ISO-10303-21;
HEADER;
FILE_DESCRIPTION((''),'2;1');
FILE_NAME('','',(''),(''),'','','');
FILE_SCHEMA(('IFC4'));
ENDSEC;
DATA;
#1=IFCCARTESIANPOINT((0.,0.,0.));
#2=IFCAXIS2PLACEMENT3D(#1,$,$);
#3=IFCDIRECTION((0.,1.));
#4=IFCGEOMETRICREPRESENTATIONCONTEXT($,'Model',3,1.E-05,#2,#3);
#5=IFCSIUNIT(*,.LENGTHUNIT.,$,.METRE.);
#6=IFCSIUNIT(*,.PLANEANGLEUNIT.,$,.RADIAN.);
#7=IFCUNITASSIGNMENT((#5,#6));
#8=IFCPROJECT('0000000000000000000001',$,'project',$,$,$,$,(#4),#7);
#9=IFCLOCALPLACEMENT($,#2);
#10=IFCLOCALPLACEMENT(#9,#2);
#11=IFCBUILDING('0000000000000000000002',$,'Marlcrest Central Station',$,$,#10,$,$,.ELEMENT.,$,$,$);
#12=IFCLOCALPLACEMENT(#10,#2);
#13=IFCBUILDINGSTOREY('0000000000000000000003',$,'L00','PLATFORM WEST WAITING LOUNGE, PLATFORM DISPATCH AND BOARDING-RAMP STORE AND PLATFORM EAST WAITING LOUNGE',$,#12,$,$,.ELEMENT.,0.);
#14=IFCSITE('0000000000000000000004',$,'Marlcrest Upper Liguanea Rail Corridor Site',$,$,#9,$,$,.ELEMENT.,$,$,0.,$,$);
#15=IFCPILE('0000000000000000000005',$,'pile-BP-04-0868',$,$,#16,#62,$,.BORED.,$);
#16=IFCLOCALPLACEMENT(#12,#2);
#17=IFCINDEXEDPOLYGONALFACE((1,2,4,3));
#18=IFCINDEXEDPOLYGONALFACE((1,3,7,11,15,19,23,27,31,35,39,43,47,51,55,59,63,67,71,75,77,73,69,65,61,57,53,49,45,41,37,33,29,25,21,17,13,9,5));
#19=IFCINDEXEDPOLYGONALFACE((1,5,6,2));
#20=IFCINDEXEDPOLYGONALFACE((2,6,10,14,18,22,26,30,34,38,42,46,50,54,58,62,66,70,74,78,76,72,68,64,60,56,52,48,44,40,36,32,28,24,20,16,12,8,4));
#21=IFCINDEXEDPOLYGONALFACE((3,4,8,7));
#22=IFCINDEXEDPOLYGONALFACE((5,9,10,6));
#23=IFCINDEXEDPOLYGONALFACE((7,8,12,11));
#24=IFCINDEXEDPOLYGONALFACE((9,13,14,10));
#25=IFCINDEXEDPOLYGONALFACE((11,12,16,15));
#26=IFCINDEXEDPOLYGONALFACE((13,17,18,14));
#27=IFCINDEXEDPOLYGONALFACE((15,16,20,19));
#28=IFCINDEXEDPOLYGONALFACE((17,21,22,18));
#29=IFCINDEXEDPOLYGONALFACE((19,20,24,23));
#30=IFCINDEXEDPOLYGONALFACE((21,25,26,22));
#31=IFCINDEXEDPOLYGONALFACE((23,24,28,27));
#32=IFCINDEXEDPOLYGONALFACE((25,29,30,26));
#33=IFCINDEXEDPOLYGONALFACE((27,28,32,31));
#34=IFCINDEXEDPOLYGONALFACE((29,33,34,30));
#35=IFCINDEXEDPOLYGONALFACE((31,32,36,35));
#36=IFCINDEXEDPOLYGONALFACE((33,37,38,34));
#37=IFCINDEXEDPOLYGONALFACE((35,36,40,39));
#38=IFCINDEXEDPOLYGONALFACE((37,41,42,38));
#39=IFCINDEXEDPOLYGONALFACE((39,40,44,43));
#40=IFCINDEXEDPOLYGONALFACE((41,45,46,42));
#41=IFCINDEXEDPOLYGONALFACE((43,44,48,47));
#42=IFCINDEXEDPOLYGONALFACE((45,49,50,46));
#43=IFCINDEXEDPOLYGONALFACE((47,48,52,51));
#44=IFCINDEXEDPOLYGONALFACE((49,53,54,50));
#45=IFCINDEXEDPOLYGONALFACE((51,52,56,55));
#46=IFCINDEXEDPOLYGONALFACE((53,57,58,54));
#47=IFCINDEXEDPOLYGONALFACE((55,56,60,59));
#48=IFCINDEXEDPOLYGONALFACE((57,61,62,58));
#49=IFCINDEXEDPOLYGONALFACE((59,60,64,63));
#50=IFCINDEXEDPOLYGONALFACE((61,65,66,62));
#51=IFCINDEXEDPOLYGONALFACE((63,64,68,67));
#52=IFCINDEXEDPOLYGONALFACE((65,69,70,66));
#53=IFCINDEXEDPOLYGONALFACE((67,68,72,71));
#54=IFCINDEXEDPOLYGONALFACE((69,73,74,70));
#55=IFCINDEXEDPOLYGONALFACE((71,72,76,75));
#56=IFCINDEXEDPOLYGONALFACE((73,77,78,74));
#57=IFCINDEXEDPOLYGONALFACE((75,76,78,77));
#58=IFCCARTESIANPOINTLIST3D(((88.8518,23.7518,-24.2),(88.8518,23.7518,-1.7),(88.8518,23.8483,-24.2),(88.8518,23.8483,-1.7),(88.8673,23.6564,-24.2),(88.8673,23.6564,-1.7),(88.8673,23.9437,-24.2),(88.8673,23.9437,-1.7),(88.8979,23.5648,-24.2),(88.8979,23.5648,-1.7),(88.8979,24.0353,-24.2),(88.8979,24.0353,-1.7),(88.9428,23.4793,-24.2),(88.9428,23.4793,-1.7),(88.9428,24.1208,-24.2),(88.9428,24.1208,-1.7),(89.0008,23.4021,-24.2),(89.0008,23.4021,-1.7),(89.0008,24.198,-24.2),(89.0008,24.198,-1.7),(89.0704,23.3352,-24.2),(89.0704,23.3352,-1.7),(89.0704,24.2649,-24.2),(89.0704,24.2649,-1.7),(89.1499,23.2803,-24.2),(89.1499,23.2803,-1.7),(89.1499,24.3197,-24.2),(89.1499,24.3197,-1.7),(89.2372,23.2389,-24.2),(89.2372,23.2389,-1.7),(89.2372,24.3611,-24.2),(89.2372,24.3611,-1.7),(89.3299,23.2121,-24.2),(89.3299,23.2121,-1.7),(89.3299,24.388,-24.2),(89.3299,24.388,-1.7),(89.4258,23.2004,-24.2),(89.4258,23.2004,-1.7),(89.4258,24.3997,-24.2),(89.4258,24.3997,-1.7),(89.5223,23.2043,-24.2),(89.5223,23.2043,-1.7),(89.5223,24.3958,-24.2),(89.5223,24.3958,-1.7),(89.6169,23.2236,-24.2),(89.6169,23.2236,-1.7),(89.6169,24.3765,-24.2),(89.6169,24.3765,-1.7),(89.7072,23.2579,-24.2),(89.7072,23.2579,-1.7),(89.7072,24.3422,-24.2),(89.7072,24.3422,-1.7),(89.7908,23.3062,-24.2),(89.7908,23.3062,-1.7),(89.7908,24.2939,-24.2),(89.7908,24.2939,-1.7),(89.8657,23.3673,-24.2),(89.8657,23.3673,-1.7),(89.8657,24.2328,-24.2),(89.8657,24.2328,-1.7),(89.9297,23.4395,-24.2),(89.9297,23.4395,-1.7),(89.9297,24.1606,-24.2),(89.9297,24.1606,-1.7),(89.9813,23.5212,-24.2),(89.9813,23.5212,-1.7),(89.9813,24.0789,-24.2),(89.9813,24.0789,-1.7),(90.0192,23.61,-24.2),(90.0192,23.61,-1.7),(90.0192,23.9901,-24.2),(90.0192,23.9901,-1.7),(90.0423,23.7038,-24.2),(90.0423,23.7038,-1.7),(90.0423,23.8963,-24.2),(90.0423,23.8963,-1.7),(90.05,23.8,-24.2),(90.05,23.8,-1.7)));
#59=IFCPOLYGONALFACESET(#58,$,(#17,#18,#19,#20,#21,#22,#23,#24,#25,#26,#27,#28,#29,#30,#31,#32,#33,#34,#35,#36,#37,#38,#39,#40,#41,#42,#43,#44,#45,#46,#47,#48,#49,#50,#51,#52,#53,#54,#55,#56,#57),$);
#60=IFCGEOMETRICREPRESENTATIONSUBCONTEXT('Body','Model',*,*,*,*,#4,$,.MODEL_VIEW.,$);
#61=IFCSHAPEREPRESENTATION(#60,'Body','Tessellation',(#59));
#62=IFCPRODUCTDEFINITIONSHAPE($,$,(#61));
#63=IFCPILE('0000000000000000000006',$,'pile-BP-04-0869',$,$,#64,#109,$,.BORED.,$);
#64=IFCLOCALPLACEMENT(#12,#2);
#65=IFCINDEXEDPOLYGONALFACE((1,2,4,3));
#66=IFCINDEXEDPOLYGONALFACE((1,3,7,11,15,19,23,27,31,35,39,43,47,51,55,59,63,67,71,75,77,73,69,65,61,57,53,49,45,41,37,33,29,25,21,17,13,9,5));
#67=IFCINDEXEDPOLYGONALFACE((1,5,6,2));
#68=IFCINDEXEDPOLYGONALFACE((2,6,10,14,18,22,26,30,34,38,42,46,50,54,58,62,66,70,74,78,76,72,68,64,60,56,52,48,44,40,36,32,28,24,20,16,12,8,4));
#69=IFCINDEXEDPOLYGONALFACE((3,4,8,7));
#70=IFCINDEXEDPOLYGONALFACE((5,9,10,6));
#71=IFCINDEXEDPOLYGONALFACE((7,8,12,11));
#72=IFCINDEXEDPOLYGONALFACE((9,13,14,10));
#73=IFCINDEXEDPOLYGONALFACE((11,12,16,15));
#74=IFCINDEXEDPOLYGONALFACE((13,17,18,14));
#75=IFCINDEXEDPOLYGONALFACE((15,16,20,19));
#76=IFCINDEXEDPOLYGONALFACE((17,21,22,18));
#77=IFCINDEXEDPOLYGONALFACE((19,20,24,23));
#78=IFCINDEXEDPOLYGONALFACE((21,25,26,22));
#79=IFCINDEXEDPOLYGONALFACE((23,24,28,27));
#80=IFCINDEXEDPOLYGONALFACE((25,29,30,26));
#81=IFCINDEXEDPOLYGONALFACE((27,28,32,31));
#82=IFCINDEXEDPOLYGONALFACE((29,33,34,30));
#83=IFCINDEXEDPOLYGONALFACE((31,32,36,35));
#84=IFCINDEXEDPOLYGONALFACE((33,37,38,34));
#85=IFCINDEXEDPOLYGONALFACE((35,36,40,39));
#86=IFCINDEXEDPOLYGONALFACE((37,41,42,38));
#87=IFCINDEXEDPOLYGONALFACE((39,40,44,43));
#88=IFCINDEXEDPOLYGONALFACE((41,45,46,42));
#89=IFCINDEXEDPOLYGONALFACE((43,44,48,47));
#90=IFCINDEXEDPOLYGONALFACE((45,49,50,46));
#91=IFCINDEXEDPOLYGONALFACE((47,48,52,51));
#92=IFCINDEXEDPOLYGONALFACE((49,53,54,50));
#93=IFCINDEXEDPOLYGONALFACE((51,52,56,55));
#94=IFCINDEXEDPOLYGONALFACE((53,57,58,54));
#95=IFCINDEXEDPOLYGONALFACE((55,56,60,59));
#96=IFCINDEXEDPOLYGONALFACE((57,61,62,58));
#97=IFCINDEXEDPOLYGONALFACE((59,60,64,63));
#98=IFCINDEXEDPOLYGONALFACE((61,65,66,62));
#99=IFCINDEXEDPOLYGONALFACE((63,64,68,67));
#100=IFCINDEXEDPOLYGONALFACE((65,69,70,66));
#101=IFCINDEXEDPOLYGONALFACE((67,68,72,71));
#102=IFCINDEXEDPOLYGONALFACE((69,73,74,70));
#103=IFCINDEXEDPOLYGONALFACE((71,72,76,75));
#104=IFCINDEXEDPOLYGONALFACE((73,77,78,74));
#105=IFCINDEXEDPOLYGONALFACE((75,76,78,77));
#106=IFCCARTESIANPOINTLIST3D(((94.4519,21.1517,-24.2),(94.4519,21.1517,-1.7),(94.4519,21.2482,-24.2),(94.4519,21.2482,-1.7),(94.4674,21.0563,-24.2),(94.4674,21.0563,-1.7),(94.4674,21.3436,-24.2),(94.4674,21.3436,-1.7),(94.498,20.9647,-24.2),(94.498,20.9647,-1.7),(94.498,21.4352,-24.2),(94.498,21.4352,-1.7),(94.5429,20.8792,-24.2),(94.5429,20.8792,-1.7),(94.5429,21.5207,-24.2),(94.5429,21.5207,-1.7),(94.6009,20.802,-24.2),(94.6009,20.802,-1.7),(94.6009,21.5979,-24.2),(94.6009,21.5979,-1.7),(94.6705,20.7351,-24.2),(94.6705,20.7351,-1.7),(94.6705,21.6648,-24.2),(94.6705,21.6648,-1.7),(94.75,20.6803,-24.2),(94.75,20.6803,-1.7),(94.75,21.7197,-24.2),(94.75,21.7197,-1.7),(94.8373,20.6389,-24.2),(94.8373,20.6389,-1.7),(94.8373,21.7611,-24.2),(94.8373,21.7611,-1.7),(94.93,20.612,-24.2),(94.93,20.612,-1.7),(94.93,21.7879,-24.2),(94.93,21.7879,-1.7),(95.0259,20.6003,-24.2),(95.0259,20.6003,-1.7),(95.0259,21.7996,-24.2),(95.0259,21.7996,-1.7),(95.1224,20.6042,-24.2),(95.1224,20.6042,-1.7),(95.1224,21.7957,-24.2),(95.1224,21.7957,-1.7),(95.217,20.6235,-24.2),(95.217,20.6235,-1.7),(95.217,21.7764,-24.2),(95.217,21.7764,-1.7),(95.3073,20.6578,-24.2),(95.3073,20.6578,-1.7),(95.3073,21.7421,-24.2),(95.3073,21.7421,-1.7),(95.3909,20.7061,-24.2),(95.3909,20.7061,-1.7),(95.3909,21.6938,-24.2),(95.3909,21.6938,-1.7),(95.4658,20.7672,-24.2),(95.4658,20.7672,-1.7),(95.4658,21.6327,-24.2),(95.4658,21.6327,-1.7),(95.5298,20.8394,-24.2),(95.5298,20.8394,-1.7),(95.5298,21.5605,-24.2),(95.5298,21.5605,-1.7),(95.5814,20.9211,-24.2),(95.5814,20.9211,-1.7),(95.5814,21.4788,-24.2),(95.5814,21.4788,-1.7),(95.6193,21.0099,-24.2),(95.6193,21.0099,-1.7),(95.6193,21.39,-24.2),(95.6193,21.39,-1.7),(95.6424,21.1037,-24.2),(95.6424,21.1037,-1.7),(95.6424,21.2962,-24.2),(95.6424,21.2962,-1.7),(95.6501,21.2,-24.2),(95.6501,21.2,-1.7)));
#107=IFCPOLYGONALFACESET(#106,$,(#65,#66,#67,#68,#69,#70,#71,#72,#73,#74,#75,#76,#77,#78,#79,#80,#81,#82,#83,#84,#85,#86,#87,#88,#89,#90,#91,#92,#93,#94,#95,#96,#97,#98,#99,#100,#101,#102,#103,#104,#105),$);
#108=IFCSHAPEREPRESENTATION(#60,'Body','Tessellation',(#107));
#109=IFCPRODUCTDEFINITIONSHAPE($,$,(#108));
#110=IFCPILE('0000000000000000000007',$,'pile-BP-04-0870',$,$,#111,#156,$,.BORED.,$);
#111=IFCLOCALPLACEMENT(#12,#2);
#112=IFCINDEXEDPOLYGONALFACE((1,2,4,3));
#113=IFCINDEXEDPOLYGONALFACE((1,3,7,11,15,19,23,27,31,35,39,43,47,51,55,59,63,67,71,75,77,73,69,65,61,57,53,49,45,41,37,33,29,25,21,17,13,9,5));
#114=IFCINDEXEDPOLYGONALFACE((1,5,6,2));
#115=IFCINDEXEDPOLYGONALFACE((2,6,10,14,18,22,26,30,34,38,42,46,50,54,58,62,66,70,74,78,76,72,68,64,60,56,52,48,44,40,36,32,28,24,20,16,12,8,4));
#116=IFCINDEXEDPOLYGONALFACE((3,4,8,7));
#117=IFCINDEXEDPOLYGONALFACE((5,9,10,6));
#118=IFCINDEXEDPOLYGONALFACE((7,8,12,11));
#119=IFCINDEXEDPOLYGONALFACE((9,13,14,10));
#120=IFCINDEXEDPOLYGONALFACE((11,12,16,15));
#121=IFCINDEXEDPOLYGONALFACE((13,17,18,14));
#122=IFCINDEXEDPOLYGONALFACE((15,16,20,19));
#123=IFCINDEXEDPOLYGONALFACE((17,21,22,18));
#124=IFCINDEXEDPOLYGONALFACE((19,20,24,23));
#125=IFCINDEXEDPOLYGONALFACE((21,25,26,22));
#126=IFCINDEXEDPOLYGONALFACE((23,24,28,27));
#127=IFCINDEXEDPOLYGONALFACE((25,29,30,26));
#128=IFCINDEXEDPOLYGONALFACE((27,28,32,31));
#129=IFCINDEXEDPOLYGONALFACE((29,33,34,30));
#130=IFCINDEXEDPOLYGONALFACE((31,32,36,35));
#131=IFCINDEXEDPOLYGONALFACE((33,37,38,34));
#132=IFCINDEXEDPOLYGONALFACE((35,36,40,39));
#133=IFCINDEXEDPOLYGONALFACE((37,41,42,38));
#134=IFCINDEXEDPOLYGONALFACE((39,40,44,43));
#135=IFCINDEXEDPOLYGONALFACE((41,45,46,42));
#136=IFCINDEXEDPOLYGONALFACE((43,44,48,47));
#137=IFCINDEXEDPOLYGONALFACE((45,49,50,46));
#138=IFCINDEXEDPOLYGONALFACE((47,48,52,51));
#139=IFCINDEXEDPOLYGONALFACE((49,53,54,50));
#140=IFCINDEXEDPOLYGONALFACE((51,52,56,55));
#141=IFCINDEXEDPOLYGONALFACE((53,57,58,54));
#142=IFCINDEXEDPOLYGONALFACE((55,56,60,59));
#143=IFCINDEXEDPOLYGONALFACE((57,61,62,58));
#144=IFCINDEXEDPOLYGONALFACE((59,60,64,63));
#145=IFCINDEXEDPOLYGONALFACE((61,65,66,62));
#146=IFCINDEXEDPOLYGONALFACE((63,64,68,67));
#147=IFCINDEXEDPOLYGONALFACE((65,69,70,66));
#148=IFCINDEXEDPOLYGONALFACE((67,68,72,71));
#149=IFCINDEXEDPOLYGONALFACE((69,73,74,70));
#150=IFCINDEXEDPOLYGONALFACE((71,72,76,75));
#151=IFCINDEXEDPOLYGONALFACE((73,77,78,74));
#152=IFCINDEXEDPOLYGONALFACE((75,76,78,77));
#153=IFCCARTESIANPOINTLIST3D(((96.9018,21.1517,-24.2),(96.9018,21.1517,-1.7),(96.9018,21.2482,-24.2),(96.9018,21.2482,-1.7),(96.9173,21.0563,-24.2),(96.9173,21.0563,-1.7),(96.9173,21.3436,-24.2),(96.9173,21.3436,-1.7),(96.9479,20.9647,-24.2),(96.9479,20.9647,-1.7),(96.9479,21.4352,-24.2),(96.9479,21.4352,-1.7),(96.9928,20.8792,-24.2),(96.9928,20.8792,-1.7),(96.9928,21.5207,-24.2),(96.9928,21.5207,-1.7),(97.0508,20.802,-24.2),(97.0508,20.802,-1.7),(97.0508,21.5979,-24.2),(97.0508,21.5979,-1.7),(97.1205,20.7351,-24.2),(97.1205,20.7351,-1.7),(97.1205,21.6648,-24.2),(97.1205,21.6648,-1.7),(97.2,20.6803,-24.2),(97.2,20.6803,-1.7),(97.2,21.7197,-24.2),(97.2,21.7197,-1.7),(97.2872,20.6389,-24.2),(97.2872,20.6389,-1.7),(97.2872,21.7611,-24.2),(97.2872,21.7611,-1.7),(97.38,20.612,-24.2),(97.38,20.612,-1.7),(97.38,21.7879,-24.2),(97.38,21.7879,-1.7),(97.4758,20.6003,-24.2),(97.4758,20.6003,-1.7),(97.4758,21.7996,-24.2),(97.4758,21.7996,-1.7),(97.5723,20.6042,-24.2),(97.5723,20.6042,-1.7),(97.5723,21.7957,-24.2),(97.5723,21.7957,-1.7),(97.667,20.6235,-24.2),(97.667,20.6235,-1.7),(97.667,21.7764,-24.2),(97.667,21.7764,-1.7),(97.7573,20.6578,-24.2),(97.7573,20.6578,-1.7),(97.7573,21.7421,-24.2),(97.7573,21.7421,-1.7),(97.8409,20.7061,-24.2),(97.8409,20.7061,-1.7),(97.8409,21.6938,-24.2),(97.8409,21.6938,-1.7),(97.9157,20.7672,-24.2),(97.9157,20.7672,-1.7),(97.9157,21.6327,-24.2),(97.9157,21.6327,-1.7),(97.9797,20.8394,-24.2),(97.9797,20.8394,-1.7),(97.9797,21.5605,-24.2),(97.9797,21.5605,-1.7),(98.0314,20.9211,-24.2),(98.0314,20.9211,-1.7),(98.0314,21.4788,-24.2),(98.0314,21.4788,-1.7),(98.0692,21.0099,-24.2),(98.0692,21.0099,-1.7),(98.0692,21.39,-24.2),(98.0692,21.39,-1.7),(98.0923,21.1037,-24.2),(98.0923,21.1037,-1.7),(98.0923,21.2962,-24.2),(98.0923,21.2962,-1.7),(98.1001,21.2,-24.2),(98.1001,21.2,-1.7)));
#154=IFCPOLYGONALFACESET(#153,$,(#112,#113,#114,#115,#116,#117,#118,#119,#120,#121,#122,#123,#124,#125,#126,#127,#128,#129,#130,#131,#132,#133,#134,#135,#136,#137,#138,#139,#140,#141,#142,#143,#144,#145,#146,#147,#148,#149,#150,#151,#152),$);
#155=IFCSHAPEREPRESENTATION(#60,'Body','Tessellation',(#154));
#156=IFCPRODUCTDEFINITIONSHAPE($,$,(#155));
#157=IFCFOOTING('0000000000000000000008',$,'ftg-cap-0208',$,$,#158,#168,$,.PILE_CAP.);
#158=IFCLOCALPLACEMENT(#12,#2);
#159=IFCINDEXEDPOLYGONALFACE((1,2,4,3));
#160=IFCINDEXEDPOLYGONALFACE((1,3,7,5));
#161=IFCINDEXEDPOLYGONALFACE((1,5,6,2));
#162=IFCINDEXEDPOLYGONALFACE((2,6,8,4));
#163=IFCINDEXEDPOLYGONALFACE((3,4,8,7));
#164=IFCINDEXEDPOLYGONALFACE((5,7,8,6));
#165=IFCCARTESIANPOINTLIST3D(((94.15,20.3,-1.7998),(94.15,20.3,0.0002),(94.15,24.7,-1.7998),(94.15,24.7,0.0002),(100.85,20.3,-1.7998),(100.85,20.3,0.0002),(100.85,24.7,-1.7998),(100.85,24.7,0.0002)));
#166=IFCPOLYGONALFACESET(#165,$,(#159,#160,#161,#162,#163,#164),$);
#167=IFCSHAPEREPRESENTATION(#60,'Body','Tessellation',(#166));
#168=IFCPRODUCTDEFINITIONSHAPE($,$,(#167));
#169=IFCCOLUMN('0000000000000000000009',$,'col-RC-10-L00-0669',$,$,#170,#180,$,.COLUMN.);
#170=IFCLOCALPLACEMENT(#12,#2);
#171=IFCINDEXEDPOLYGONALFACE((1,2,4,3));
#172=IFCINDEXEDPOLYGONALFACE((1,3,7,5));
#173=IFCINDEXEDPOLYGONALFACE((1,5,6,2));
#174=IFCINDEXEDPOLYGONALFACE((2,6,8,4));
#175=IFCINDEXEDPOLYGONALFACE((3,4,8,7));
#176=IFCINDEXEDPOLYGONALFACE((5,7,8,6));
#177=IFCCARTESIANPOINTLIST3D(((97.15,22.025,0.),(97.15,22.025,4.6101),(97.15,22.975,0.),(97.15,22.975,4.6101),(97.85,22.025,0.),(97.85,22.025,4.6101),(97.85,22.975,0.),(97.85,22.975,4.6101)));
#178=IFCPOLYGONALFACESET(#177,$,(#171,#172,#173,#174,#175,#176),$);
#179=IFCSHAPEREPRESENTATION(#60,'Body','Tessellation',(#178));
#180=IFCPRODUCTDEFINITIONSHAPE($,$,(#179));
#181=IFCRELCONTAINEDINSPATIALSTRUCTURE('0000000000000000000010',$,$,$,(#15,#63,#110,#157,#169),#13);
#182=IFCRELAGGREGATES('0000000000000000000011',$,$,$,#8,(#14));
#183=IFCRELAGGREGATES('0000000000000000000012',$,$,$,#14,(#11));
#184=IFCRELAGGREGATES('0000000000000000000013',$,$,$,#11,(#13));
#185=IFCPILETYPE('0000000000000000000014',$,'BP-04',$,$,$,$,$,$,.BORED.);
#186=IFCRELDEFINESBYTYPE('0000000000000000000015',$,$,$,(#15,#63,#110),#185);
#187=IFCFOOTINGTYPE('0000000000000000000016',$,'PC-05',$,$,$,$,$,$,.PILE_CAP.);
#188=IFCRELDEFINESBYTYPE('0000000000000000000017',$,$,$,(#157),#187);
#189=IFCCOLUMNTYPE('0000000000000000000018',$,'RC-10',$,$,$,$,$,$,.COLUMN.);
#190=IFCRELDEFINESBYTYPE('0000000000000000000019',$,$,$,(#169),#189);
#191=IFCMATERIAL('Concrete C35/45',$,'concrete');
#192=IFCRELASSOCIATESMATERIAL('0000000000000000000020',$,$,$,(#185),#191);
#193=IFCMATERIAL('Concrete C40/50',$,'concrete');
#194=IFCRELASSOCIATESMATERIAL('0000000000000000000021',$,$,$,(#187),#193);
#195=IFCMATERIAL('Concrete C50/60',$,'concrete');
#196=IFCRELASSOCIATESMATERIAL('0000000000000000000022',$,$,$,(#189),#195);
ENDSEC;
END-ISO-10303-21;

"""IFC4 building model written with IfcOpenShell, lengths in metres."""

from ifc_helpers import new_model, si_unit, direction, frame, origin, origin_2d, place, context, subcontext, project, spatial, rectangle, circle, extrude, material, material_profile, profile_set, type_object, element, save


model = new_model("IFC4")

# Units and contexts
model_context = context("Model", 3, precision=1e-05, world=origin(), true_north=direction((0.0, 1.0)))
body_context = subcontext(model_context, "Body", "Model", "MODEL_VIEW")
ifc_project = project(units=[si_unit("LENGTHUNIT", "METRE"), si_unit("PLANEANGLEUNIT", "RADIAN")], contexts=[model_context])

# Site, building, storey
site_placement = place(None, origin())
site = spatial("IfcSite", under=ifc_project, at=site_placement, Name="Marlcrest Upper Liguanea Rail Corridor Site", CompositionType="ELEMENT", RefElevation=0.0)
building_placement = place(site_placement, origin())
building = spatial("IfcBuilding", under=site, at=building_placement, Name="Marlcrest Central Station", CompositionType="ELEMENT")
storey_placement = place(building_placement, origin())
storey = spatial("IfcBuildingStorey", under=building, at=storey_placement, Name="L00", Description="PLATFORM WEST WAITING LOUNGE, PLATFORM DISPATCH AND BOARDING-RAMP STORE AND PLATFORM EAST WAITING LOUNGE", CompositionType="ELEMENT", Elevation=0.0)

# Piles
ifc_material_1 = material(Name="Concrete C35/45", Category="concrete")
ifc_material_profile_1 = material_profile(ifc_material_1, circle(Radius=0.6001, at=origin_2d()), Name="PILE D1200")
ifc_profile_set_1 = profile_set([ifc_material_profile_1], Name="Concrete C35/45")
pile_type_1 = type_object("IfcPileType", Name="BP-04", PredefinedType="BORED", material=ifc_profile_set_1)
for number, where, z_axis, x_axis, name in (
    (1, (89.45, 23.8, -1.7), (0.0, 0.0, -1.0), (1.0, 0.0, 0.0), "pile-BP-04-0868"),
    (2, (95.05, 21.2, -1.7), (0.0, 0.0, -1.0), (1.0, 0.0, 0.0), "pile-BP-04-0869"),
    (3, (97.5, 21.2, -1.7), (0.0, 0.0, -1.0), (1.0, 0.0, 0.0), "pile-BP-04-0870"),
):
    element("IfcPile", number, at=place(storey_placement, frame(where, z_axis=z_axis, x_axis=x_axis)), inside=storey, type_object=pile_type_1, Name=name, PredefinedType="BORED", context=body_context, shape_type="SweptSolid", body=[
        extrude(circle(Radius=0.6001, at=origin_2d()), origin(), (0.0, 0.0, 1.0), 22.5),
    ])

# Footing
ifc_material_2 = material(Name="Concrete C40/50", Category="concrete")
footing_type = type_object("IfcFootingType", Name="PC-05", PredefinedType="PILE_CAP", material=ifc_material_2)
footing_placement = place(storey_placement, frame((97.5, 22.5, -1.7998), z_axis=(0.0, 0.0, 1.0), x_axis=(1.0, 0.0, 0.0)))
element("IfcFooting", 4, at=footing_placement, inside=storey, type_object=footing_type, Name="ftg-cap-0208", PredefinedType="PILE_CAP", context=body_context, shape_type="SweptSolid", body=[
    extrude(rectangle(XDim=6.7, YDim=4.3999, at=origin_2d()), origin(), (0.0, 0.0, 1.0), 1.8),
])

# Column
ifc_material_3 = material(Name="Concrete C50/60", Category="concrete")
ifc_material_profile_2 = material_profile(ifc_material_3, rectangle(XDim=0.7, YDim=0.95, at=origin_2d()), Name="RC 700x950")
ifc_profile_set_2 = profile_set([ifc_material_profile_2], Name="Concrete C50/60")
column_type_1 = type_object("IfcColumnType", Name="RC-10", PredefinedType="COLUMN", material=ifc_profile_set_2)
column_1_placement = place(storey_placement, frame((97.5, 22.5, 0.0), z_axis=(0.0, 0.0, 1.0), x_axis=(1.0, 0.0, 0.0)))
element("IfcColumn", 5, at=column_1_placement, inside=storey, type_object=column_type_1, Name="col-RC-10-L00-0669", PredefinedType="COLUMN", context=body_context, shape_type="SweptSolid", body=[
    extrude(rectangle(XDim=0.7, YDim=0.95, at=origin_2d()), origin(), (0.0, 0.0, 1.0), 4.6101),
])

save(model, "model.ifc")
